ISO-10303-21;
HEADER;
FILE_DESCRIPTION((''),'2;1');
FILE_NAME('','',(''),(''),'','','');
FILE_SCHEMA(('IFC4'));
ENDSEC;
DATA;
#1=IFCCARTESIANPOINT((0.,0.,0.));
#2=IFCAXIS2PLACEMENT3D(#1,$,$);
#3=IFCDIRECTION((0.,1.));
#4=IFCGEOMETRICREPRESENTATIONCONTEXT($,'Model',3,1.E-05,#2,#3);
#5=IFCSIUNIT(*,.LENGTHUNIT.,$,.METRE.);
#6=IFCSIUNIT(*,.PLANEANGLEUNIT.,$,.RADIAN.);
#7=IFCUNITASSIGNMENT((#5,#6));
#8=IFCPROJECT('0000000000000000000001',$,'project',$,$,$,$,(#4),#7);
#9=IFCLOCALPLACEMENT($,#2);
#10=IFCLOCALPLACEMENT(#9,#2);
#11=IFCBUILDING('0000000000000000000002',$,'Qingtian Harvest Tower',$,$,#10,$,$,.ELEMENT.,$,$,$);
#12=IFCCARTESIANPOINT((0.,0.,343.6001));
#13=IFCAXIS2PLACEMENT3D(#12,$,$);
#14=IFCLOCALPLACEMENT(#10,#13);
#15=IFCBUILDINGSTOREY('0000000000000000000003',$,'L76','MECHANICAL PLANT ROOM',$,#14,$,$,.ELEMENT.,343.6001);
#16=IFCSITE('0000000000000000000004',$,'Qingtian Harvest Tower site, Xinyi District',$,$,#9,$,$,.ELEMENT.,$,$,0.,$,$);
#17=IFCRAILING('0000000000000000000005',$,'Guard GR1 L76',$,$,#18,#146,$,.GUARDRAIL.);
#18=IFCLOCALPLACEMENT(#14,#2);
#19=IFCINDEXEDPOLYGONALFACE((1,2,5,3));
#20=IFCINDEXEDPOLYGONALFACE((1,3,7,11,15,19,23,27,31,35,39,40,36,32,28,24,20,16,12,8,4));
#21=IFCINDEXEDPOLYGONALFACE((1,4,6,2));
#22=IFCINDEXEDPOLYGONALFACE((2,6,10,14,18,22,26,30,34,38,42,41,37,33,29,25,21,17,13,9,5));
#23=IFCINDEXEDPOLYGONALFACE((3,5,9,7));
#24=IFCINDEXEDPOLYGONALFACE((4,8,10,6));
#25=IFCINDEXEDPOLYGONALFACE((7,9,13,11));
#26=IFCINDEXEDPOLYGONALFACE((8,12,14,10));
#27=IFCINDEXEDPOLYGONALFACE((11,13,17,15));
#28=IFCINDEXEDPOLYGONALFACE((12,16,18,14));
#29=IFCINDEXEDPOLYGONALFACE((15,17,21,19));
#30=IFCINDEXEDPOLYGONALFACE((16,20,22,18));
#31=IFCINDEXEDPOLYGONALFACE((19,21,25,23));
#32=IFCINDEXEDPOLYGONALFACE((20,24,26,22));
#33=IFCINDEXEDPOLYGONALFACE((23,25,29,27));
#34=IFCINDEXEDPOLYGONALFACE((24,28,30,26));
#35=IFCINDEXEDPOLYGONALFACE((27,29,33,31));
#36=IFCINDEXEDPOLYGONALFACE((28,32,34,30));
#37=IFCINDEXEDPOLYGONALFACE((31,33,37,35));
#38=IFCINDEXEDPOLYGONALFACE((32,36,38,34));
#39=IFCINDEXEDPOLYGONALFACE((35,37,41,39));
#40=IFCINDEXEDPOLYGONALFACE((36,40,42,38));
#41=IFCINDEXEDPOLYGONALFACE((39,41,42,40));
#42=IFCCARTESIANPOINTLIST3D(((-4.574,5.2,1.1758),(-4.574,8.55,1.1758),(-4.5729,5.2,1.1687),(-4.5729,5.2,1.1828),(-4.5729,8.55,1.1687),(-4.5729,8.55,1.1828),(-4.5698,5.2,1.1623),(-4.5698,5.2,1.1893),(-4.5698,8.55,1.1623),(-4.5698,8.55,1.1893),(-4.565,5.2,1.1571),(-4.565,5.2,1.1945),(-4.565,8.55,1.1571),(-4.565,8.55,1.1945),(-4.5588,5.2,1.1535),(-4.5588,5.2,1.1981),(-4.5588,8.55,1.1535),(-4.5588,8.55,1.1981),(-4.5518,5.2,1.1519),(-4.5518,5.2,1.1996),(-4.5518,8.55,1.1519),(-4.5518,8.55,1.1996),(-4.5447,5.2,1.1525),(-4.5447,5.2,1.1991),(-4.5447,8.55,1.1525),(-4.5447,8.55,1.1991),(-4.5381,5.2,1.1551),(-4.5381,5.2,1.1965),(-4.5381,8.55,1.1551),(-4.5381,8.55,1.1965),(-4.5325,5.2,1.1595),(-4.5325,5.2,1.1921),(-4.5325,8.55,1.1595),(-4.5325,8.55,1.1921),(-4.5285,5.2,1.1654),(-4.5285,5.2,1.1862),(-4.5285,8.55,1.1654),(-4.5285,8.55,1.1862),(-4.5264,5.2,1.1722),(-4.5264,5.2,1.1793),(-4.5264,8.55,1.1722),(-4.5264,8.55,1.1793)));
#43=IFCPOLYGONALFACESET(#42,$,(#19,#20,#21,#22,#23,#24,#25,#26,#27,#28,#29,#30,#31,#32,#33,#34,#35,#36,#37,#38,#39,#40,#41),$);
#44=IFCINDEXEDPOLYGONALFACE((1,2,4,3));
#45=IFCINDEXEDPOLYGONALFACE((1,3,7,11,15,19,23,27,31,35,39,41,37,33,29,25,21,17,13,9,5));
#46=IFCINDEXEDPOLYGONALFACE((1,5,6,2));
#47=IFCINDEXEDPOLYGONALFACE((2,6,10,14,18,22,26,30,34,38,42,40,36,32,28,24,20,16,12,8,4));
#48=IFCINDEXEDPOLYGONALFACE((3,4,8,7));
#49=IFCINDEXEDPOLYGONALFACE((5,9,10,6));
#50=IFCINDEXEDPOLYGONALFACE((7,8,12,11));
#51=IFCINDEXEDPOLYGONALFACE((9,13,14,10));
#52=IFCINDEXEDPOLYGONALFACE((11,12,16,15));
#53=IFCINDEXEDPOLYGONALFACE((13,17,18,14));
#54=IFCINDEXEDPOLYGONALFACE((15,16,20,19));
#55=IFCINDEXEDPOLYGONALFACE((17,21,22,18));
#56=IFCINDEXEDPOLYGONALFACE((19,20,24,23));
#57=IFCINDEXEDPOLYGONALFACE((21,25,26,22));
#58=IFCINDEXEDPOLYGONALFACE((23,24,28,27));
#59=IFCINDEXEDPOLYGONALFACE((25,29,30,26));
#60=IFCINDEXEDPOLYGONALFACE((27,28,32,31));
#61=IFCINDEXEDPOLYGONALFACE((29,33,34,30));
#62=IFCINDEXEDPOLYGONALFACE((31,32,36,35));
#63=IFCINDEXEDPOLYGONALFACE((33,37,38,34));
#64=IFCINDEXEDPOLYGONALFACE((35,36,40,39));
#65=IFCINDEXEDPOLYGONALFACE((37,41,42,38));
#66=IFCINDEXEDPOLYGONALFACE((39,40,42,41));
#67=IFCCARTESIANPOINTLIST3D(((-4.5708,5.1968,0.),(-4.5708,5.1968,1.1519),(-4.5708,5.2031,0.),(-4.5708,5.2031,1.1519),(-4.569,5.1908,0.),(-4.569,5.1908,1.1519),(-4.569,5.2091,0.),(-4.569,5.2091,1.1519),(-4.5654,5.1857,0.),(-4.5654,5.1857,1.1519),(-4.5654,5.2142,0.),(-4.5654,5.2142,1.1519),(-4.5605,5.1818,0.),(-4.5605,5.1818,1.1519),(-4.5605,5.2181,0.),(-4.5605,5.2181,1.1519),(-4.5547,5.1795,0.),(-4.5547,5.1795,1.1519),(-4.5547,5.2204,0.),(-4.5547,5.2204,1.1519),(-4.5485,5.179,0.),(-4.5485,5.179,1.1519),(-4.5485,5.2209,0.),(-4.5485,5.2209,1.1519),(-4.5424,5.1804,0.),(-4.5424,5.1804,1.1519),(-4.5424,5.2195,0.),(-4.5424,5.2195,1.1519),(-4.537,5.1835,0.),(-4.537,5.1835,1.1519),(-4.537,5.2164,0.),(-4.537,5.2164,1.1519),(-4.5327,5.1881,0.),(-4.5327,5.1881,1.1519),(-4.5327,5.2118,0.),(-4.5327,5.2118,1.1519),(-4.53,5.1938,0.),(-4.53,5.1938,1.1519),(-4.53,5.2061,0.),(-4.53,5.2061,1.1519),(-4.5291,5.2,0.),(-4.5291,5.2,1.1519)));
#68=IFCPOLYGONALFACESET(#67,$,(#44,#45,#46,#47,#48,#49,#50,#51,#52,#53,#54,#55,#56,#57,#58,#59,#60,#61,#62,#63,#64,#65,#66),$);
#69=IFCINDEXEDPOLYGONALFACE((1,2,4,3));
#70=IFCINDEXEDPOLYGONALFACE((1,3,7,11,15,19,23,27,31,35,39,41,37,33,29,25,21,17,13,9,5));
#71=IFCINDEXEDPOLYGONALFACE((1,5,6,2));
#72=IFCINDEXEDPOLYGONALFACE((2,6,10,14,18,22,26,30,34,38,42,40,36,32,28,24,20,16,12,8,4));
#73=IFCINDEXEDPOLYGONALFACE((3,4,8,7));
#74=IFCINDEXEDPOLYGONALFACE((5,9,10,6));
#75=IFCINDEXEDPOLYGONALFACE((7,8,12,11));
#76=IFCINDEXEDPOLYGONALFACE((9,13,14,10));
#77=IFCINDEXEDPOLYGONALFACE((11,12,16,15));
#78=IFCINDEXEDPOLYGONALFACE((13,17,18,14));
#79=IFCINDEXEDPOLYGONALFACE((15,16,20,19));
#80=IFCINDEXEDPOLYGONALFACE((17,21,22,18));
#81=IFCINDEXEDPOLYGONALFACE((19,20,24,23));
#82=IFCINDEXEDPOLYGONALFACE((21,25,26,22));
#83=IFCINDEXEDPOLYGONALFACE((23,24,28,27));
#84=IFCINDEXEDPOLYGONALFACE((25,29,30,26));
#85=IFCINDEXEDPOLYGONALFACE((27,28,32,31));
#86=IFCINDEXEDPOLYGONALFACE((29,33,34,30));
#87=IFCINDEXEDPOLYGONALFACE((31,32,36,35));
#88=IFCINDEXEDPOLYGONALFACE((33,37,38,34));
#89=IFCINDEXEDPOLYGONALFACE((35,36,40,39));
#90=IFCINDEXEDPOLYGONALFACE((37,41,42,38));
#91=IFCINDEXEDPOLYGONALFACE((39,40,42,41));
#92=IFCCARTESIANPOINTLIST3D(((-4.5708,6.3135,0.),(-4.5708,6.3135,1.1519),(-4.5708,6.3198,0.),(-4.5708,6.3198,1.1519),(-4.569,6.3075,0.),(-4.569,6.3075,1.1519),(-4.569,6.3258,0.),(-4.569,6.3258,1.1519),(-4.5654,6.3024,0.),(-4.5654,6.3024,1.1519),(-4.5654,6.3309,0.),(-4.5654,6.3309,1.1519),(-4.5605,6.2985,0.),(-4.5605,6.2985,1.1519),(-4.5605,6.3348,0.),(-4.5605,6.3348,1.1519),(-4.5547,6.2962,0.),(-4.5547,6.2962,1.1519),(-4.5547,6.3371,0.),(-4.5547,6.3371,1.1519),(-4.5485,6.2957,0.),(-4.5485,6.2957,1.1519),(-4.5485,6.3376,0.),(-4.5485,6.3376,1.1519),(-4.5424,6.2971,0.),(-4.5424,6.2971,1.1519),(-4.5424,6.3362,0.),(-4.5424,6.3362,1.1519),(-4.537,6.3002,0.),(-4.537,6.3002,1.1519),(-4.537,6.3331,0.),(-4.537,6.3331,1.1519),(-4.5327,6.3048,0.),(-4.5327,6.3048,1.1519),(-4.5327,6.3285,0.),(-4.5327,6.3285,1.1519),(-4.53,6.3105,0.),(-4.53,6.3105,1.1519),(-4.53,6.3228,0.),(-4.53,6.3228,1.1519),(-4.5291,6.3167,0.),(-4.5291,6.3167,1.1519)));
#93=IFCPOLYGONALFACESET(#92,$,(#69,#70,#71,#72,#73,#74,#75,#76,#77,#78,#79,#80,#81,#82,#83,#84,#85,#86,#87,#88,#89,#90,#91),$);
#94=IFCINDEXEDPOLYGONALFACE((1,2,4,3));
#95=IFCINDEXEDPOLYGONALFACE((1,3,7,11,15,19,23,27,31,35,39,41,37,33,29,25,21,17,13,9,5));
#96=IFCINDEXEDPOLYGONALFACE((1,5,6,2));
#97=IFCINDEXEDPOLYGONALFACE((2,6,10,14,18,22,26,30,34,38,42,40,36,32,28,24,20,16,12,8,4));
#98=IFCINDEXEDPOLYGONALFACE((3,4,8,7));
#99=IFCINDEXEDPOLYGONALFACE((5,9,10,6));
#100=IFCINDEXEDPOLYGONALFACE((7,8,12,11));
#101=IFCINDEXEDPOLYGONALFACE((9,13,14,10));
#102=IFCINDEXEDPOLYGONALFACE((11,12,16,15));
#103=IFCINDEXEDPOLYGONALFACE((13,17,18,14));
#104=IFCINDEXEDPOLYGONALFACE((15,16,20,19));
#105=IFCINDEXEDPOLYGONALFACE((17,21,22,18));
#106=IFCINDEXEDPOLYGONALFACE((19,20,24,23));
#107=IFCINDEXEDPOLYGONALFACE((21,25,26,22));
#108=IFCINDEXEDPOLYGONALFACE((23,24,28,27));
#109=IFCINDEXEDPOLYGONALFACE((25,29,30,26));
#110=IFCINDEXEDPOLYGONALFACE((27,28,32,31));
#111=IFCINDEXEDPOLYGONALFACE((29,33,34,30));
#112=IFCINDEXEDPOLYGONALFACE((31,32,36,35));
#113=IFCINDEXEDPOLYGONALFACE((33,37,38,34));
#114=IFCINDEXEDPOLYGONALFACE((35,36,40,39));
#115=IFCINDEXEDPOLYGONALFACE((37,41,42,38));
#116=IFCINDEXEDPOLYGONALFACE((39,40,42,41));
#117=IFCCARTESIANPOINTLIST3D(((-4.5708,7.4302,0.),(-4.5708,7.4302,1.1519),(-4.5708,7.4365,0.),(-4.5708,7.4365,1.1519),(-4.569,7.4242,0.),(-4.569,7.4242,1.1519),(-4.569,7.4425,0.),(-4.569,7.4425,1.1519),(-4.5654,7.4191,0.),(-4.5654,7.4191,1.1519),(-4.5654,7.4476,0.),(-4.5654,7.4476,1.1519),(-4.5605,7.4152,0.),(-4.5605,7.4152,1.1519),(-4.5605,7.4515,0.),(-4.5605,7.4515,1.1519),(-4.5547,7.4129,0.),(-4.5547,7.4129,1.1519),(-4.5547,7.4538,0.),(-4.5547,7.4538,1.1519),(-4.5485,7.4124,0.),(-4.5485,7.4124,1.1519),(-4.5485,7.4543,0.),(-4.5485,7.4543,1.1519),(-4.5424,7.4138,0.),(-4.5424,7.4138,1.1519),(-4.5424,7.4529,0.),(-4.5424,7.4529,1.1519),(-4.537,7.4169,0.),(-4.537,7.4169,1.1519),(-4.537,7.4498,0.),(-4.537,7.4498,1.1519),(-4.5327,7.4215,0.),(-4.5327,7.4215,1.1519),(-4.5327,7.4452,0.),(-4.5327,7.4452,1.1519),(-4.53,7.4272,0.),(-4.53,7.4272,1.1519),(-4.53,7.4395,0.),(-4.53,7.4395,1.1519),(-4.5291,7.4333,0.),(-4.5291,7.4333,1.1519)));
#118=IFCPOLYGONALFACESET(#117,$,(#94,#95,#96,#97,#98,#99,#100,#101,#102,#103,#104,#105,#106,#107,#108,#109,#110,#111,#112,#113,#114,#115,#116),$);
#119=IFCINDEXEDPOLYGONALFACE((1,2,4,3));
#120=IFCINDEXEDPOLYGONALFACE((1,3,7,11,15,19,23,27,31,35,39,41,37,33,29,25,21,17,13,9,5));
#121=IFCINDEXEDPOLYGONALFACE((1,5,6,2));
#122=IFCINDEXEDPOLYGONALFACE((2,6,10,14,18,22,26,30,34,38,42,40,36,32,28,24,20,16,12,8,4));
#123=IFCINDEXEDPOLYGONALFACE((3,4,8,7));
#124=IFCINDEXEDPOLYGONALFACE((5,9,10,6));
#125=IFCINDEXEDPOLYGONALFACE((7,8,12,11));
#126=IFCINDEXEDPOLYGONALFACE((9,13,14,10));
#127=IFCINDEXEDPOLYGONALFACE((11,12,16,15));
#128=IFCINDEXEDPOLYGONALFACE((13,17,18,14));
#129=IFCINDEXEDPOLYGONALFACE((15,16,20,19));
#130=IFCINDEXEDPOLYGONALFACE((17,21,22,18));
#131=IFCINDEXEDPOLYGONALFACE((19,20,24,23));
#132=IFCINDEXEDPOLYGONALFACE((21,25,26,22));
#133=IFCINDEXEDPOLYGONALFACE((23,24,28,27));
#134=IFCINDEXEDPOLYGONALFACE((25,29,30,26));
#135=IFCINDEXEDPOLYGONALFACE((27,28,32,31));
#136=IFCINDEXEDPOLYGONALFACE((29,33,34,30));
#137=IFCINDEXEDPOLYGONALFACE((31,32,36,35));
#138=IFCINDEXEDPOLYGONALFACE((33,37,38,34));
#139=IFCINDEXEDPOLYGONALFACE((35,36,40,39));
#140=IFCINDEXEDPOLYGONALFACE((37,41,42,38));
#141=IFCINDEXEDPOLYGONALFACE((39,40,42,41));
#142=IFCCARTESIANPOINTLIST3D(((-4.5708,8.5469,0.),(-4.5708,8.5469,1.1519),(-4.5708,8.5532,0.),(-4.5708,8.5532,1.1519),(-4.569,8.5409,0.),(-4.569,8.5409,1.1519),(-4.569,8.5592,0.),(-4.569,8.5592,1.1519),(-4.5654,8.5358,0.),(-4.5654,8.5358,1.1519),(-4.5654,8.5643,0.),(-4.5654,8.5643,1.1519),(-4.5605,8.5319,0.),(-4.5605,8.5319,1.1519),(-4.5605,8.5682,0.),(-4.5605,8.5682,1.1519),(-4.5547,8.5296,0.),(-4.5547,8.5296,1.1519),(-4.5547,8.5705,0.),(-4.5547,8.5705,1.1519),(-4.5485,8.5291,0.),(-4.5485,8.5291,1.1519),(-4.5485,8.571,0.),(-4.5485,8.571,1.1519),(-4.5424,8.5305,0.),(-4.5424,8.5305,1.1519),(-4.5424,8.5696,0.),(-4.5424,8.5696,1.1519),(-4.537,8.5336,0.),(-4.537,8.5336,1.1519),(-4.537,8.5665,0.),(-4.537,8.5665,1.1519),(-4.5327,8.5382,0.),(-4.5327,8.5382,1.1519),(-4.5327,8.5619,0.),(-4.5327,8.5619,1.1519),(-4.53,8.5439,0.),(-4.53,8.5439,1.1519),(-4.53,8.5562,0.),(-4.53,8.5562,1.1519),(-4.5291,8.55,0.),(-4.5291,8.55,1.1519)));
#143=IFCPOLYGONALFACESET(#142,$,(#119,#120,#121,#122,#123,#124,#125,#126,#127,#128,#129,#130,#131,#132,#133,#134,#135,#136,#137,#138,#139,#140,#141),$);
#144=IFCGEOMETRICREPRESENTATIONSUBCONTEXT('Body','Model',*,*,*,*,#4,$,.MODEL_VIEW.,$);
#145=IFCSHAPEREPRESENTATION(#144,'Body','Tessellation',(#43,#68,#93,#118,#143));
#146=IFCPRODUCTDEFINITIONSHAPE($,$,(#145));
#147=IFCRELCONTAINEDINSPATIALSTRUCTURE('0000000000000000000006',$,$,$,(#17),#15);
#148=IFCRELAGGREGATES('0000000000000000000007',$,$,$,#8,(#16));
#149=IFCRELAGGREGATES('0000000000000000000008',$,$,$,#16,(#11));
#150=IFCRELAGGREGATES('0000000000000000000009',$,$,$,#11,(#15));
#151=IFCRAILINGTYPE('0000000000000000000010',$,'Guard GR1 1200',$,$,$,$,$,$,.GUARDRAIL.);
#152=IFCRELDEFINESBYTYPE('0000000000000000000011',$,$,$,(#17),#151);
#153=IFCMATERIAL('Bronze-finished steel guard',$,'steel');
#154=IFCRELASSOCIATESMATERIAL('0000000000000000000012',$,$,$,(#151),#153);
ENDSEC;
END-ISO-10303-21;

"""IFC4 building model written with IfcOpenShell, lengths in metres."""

from ifc_helpers import new_model, si_unit, direction, frame, origin, origin_2d, place, context, subcontext, project, spatial, circle, extrude, material, type_object, element, save


model = new_model("IFC4")

# Units and contexts
model_context = context("Model", 3, precision=1e-05, world=origin(), true_north=direction((0.0, 1.0)))
body_context = subcontext(model_context, "Body", "Model", "MODEL_VIEW")
ifc_project = project(units=[si_unit("LENGTHUNIT", "METRE"), si_unit("PLANEANGLEUNIT", "RADIAN")], contexts=[model_context])

# Site, building, storey
site_placement = place(None, origin())
site = spatial("IfcSite", under=ifc_project, at=site_placement, Name="Qingtian Harvest Tower site, Xinyi District", CompositionType="ELEMENT", RefElevation=0.0)
building_placement = place(site_placement, origin())
building = spatial("IfcBuilding", under=site, at=building_placement, Name="Qingtian Harvest Tower", CompositionType="ELEMENT")
storey_placement = place(building_placement, frame((0.0, 0.0, 343.6001)))
storey = spatial("IfcBuildingStorey", under=building, at=storey_placement, Name="L76", Description="MECHANICAL PLANT ROOM", CompositionType="ELEMENT", Elevation=343.6001)

# Railing
ifc_material_1 = material(Name="Bronze-finished steel guard", Category="steel")
railing_type = type_object("IfcRailingType", Name="Guard GR1 1200", PredefinedType="GUARDRAIL", material=ifc_material_1)
railing_placement = place(storey_placement, frame((-4.55, 5.2, 0.0)))
element("IfcRailing", 1, at=railing_placement, inside=storey, type_object=railing_type, Name="Guard GR1 L76", PredefinedType="GUARDRAIL", context=body_context, shape_type="SweptSolid", body=[
    extrude(circle(Radius=0.0239, at=origin_2d()), frame((0.0, 0.0, 1.1758), z_axis=(0.0, 1.0, 0.0), x_axis=(-1.0, 0.0, 0.0)), (0.0, 0.0, 1.0), 3.3501),
    extrude(circle(Radius=0.021, at=origin_2d()), origin(), (0.0, 0.0, 1.0), 1.1519),
    extrude(circle(Radius=0.021, at=origin_2d()), frame((0.0, 1.1167, 0.0)), (0.0, 0.0, 1.0), 1.1519),
    extrude(circle(Radius=0.021, at=origin_2d()), frame((0.0, 2.2334, 0.0)), (0.0, 0.0, 1.0), 1.1519),
    extrude(circle(Radius=0.021, at=origin_2d()), frame((0.0, 3.3501, 0.0)), (0.0, 0.0, 1.0), 1.1519),
])

save(model, "model.ifc")
